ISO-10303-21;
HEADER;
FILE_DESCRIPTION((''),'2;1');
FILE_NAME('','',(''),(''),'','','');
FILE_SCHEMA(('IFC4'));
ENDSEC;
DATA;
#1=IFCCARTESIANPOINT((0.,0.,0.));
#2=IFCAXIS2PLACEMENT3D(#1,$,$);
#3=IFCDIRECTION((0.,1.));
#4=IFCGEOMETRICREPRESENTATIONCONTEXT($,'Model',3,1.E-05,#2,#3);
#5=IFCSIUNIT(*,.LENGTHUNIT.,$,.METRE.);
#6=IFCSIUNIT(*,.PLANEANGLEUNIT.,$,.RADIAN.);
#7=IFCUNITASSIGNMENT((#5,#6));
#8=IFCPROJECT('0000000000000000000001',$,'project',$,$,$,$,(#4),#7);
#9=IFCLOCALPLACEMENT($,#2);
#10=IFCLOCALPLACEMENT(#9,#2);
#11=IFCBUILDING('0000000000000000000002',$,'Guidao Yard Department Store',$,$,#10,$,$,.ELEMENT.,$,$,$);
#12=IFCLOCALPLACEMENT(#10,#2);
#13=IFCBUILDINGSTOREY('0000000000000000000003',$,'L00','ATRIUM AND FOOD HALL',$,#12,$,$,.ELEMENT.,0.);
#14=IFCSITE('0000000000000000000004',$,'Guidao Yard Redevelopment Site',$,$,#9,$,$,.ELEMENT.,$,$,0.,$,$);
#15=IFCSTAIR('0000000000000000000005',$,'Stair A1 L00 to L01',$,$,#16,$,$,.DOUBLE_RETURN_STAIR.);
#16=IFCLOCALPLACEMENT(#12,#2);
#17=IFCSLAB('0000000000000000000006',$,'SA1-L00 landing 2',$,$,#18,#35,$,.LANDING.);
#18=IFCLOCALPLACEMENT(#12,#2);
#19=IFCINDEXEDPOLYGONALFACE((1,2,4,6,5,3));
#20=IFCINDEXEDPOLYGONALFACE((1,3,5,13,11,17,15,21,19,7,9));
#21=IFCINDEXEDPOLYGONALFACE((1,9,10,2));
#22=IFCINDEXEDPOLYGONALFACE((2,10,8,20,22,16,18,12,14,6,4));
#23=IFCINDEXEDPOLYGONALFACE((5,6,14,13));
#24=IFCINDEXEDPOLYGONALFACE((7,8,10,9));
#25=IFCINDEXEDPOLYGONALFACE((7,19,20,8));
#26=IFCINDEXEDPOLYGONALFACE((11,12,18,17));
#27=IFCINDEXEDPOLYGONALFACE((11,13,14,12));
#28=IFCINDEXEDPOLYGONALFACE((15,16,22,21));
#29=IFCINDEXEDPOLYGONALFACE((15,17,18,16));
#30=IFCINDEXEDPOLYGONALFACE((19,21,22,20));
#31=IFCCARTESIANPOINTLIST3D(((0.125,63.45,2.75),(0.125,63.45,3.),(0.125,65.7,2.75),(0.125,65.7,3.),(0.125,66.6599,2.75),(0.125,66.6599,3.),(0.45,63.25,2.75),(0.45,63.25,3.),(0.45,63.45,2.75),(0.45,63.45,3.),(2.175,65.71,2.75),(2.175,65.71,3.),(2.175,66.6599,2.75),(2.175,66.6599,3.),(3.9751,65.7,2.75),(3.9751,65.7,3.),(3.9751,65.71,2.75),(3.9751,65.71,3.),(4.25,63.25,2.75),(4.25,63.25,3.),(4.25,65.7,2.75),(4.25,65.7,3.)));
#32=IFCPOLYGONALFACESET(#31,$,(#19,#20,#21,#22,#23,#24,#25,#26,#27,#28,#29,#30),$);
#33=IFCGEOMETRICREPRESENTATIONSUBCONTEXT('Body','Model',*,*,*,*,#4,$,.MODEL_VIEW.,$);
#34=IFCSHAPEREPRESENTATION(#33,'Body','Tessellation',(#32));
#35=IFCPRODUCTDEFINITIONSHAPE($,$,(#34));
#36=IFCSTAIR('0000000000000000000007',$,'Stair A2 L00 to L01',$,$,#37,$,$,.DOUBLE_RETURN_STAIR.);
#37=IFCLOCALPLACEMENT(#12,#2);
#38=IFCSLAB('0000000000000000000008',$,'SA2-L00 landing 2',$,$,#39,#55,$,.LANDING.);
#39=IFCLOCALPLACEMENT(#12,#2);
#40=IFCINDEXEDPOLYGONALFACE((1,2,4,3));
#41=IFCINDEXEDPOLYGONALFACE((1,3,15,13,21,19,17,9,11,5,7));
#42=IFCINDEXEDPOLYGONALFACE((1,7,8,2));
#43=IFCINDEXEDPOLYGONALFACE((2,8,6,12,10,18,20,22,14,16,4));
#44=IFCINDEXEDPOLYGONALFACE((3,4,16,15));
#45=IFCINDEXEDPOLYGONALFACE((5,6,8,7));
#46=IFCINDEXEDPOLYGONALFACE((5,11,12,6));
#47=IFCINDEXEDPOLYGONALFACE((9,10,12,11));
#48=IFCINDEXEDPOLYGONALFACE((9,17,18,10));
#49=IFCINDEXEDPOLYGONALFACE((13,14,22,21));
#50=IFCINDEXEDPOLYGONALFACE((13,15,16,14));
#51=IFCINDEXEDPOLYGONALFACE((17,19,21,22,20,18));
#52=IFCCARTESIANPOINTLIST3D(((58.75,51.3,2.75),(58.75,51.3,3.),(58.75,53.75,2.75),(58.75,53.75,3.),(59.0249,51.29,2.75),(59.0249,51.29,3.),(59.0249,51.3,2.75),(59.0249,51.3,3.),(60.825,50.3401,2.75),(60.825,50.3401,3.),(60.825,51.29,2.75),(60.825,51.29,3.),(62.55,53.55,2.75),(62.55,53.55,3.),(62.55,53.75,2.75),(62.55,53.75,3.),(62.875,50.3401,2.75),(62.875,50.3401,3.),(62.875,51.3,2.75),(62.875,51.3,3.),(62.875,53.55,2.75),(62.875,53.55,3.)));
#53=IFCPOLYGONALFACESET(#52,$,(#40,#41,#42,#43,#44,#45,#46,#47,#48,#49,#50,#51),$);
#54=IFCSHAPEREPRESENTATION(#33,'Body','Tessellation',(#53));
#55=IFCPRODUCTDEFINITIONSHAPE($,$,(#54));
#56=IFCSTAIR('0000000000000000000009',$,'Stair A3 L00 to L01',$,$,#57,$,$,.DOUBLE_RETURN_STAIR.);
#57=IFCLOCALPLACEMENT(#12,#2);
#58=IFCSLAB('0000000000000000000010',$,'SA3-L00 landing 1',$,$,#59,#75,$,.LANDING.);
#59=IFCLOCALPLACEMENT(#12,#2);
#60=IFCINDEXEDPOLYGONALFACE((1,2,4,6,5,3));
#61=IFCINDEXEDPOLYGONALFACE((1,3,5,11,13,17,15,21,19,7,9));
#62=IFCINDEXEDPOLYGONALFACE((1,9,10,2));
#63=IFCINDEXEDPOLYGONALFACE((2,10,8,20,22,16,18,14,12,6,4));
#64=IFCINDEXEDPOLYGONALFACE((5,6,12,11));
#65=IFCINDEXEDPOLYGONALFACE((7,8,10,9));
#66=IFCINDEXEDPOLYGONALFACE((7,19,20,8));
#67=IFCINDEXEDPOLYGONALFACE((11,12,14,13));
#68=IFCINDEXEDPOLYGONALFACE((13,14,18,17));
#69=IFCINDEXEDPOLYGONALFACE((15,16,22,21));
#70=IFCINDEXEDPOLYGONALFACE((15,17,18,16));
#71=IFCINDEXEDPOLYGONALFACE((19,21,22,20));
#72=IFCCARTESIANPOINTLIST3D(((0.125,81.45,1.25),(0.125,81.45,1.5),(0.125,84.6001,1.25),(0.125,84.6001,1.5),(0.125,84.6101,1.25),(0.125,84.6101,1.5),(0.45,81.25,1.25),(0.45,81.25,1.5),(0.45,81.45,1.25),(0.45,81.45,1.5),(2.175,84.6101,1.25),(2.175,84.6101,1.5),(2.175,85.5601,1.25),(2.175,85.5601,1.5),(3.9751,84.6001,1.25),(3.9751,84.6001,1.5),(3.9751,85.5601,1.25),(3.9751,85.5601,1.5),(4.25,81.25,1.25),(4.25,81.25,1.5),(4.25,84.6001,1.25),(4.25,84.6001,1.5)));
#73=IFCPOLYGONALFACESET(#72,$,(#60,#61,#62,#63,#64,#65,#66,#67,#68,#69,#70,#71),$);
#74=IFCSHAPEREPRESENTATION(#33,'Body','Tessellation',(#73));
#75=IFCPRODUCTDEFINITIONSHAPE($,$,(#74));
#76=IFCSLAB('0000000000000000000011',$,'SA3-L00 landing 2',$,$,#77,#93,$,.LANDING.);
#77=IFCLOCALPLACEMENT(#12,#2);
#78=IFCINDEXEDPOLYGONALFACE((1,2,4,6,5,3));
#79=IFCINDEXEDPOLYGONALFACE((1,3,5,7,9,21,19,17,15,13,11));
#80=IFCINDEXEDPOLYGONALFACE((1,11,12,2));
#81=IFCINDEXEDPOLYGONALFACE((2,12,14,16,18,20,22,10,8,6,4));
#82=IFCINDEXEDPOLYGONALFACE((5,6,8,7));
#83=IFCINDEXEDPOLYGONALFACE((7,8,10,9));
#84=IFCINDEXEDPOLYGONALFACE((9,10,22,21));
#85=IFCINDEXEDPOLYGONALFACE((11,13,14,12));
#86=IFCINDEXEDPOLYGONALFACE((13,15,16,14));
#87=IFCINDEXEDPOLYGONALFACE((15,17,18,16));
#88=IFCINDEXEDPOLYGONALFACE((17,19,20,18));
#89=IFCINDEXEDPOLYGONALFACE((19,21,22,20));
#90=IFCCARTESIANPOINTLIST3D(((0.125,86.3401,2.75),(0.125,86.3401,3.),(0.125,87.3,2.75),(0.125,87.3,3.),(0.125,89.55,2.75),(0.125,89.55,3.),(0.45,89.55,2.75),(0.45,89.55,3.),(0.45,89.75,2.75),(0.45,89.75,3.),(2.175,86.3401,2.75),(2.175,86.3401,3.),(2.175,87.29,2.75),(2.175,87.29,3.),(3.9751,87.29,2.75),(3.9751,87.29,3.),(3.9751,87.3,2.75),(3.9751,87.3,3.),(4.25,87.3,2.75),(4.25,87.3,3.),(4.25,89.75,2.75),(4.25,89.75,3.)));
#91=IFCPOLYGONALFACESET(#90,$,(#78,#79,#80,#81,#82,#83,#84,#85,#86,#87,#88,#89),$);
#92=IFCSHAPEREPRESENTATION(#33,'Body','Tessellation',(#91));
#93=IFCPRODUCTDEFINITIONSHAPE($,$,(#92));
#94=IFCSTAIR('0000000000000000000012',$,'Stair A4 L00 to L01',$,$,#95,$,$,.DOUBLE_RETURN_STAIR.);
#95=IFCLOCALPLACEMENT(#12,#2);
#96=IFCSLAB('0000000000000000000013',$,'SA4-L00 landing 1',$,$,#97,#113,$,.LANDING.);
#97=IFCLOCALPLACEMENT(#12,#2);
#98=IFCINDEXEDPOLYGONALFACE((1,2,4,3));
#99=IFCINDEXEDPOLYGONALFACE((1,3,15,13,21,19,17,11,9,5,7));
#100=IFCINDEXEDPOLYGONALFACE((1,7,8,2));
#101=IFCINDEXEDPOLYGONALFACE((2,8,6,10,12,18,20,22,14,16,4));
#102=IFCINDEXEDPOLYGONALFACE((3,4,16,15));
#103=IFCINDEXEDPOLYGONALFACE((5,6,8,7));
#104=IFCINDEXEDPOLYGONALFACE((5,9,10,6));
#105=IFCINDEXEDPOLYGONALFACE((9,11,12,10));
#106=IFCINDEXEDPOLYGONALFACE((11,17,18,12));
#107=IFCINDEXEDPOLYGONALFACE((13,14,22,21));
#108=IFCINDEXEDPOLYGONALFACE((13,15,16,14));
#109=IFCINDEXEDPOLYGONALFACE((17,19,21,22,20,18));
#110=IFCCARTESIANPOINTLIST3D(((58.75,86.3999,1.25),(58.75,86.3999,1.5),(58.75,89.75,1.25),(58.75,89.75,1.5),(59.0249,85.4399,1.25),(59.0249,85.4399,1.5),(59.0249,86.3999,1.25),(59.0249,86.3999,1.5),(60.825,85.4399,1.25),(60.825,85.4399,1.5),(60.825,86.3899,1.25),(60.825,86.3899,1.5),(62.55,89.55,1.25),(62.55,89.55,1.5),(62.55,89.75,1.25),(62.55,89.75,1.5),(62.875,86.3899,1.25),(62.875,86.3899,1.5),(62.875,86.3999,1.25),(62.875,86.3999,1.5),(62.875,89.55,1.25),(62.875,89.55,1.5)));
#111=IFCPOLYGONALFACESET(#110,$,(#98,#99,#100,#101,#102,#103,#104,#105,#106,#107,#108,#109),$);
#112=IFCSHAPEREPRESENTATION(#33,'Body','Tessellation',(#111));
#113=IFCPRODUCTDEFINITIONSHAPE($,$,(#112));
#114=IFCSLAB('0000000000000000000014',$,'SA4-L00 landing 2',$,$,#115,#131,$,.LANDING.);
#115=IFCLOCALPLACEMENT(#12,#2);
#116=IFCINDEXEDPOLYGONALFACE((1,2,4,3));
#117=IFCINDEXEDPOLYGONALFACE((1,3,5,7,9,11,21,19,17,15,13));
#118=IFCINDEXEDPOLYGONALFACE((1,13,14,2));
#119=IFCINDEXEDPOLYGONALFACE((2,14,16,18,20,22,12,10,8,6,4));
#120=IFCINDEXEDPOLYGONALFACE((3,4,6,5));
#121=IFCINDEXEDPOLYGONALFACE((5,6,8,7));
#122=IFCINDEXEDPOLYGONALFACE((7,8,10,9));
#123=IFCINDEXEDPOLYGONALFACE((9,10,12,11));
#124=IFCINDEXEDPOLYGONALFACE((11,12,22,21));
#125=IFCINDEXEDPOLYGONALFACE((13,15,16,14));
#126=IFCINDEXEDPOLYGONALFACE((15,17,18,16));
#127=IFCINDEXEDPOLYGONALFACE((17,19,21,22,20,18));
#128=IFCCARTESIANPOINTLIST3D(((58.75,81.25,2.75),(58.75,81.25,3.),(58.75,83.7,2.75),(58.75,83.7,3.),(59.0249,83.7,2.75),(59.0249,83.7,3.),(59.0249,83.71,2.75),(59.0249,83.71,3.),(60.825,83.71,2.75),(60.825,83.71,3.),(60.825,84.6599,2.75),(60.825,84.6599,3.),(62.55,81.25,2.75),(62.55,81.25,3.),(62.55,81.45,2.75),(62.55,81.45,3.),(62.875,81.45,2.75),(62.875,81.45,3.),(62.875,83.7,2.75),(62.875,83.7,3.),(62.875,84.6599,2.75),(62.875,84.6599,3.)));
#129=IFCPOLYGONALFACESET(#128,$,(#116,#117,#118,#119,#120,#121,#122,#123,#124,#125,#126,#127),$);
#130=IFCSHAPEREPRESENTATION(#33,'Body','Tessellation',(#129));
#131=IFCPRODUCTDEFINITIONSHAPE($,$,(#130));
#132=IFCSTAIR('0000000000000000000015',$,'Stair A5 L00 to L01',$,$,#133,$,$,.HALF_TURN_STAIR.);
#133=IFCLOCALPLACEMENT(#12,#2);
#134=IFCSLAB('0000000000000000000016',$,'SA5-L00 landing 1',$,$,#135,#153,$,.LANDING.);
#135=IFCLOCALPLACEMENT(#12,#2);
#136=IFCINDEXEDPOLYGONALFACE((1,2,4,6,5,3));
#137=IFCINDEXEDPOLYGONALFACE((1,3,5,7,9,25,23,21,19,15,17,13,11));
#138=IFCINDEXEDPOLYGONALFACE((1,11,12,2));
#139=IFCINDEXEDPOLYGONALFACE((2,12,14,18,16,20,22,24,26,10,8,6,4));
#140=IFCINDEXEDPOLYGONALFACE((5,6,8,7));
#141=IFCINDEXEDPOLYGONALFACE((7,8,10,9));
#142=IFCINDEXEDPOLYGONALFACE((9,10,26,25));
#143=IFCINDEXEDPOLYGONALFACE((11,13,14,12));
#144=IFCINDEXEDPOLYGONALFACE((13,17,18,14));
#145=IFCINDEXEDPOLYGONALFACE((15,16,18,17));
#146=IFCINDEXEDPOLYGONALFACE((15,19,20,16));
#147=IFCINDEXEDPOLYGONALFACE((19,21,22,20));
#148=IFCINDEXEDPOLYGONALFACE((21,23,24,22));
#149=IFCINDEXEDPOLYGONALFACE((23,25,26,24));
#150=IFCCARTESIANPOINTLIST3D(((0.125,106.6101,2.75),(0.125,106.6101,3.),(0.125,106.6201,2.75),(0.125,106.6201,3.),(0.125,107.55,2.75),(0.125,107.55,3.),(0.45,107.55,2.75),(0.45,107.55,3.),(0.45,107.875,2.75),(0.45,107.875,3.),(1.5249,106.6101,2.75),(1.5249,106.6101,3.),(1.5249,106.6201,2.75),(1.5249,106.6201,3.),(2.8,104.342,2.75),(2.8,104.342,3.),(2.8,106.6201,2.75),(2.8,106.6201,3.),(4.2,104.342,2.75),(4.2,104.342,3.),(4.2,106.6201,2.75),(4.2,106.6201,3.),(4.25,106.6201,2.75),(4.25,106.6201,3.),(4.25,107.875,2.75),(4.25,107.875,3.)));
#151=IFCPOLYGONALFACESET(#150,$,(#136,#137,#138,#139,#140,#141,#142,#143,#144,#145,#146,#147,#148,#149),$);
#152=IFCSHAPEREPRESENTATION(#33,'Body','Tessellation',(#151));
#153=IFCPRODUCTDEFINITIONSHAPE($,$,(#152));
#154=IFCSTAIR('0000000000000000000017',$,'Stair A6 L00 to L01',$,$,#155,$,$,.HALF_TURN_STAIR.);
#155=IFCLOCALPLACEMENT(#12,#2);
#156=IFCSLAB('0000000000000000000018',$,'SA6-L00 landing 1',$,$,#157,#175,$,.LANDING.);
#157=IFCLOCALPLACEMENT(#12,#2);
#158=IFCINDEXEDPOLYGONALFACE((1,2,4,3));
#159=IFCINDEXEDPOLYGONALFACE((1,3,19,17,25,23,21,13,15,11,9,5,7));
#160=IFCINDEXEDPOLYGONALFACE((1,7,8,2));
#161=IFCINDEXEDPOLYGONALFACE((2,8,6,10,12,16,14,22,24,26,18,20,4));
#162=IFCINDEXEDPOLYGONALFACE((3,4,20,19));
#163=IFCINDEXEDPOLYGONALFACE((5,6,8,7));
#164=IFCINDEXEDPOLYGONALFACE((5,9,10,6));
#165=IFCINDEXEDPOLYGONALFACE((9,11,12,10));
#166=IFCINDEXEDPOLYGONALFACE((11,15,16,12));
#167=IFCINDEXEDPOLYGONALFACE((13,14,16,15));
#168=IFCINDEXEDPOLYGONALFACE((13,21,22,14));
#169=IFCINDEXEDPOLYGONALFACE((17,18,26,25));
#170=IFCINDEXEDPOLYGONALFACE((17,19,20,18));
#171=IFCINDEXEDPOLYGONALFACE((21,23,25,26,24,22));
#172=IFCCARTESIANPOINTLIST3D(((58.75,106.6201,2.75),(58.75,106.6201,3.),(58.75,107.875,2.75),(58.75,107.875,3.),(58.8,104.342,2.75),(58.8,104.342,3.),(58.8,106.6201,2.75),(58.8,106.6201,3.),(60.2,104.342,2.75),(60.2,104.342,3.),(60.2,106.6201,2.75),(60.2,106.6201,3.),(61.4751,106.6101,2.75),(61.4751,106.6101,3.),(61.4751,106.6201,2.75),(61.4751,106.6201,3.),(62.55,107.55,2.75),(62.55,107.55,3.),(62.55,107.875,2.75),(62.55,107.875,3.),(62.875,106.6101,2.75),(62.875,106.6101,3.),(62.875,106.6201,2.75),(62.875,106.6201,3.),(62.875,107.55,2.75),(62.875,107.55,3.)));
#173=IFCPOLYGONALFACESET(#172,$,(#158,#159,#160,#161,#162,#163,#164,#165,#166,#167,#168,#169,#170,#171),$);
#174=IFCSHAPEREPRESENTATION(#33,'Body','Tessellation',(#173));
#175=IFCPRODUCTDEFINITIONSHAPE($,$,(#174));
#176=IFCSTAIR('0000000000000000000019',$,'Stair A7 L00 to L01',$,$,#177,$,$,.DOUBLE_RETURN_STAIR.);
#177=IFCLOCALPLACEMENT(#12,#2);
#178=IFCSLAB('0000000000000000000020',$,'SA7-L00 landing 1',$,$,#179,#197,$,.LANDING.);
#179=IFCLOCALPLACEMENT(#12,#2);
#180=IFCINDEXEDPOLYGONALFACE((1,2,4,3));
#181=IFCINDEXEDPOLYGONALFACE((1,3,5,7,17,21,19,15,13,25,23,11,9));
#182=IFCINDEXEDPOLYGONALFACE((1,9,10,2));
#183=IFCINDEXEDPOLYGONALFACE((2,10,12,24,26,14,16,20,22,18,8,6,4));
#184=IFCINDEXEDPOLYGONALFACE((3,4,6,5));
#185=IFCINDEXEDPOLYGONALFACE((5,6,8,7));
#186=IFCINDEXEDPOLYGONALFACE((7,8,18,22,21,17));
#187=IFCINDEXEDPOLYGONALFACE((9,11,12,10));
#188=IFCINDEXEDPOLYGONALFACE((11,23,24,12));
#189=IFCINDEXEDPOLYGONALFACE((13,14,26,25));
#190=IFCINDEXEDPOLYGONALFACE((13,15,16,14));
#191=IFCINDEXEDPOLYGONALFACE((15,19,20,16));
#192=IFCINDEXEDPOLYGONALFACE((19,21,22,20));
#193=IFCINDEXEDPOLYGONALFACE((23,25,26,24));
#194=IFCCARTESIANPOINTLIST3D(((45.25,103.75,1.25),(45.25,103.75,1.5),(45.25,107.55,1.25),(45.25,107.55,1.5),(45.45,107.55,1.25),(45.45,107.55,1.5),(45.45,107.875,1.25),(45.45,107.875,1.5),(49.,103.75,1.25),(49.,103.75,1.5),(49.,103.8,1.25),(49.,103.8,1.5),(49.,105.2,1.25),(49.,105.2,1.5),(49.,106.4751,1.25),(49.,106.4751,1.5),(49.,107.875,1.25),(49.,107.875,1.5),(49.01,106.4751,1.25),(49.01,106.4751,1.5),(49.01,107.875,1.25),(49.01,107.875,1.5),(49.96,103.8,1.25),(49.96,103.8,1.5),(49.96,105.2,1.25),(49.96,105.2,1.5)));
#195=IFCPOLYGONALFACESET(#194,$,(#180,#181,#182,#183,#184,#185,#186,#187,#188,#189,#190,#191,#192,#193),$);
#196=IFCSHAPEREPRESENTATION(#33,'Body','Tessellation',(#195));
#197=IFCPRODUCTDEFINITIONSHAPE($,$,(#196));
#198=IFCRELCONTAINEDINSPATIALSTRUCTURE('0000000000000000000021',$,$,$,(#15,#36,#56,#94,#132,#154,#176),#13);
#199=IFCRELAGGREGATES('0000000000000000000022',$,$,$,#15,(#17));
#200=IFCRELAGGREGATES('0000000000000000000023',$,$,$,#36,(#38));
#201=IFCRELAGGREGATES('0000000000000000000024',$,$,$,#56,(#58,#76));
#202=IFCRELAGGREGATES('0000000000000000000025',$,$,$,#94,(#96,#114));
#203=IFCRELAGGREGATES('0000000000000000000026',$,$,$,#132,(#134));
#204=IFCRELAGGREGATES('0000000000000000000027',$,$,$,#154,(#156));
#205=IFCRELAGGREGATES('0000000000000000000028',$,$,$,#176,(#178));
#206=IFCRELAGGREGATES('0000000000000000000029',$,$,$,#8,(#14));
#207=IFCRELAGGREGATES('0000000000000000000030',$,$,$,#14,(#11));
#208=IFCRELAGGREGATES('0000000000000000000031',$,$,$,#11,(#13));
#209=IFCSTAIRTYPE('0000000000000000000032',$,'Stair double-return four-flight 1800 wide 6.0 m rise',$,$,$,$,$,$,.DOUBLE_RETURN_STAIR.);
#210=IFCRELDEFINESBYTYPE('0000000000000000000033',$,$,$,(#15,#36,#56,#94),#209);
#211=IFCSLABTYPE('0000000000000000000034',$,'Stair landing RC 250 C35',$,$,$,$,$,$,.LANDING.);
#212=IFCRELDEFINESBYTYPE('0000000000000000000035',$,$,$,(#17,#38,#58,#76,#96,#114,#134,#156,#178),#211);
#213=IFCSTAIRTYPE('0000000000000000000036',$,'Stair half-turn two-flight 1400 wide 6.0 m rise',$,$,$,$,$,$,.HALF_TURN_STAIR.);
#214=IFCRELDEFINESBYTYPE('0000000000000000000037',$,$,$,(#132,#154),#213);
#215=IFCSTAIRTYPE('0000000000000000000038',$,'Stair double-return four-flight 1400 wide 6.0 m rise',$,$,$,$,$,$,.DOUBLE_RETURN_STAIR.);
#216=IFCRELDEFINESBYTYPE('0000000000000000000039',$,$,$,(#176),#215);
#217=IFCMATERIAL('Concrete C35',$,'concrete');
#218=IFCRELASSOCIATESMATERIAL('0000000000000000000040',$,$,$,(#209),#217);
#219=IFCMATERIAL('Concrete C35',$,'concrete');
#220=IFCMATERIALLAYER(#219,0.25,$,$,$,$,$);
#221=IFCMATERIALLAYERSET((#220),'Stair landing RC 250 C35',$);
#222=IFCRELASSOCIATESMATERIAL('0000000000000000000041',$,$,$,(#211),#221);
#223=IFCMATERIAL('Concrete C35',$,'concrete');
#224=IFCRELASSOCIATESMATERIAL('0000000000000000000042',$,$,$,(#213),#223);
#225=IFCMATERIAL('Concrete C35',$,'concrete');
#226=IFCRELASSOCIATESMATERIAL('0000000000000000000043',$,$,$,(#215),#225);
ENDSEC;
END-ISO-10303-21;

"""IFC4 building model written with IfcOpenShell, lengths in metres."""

from ifc_helpers import new_model, si_unit, direction, frame, origin, place, context, subcontext, project, spatial, polyline, outline, extrude, material, layer, layer_set, type_object, element, aggregate, save


model = new_model("IFC4")

# Units and contexts
model_context = context("Model", 3, precision=1e-05, world=origin(), true_north=direction((0.0, 1.0)))
body_context = subcontext(model_context, "Body", "Model", "MODEL_VIEW")
ifc_project = project(units=[si_unit("LENGTHUNIT", "METRE"), si_unit("PLANEANGLEUNIT", "RADIAN")], contexts=[model_context])

# Site, building, storey
site_placement = place(None, origin())
site = spatial("IfcSite", under=ifc_project, at=site_placement, Name="Guidao Yard Redevelopment Site", CompositionType="ELEMENT", RefElevation=0.0)
building_placement = place(site_placement, origin())
building = spatial("IfcBuilding", under=site, at=building_placement, Name="Guidao Yard Department Store", CompositionType="ELEMENT")
storey_placement = place(building_placement, origin())
storey = spatial("IfcBuildingStorey", under=building, at=storey_placement, Name="L00", Description="ATRIUM AND FOOD HALL", CompositionType="ELEMENT", Elevation=0.0)

# Stairs, slabs
ifc_material_1 = material(Name="Concrete C35", Category="concrete")
stair_type_1 = type_object("IfcStairType", Name="Stair double-return four-flight 1800 wide 6.0 m rise", PredefinedType="DOUBLE_RETURN_STAIR", material=ifc_material_1)
stair_1_placement = place(storey_placement, origin())
stair_1 = element("IfcStair", 1, at=stair_1_placement, inside=storey, type_object=stair_type_1, Name="Stair A1 L00 to L01", PredefinedType="DOUBLE_RETURN_STAIR")
ifc_material_2 = material(Name="Concrete C35", Category="concrete")
ifc_layer = layer(ifc_material_2, 0.25)
ifc_layer_set = layer_set([ifc_layer], Name="Stair landing RC 250 C35")
slab_type = type_object("IfcSlabType", Name="Stair landing RC 250 C35", PredefinedType="LANDING", material=ifc_layer_set)
slab_1_placement = place(storey_placement, frame((0.0, 0.0, 2.75)))
slab_1 = element("IfcSlab", 2, at=slab_1_placement, type_object=slab_type, Name="SA1-L00 landing 2", PredefinedType="LANDING", context=body_context, shape_type="SweptSolid", body=[
    extrude(outline(polyline([(0.45, 63.25), (0.45, 63.45), (0.125, 63.45), (0.125, 65.7), (0.125, 66.6599), (2.175, 66.6599), (2.175, 65.71), (3.9751, 65.71), (3.9751, 65.7), (4.25, 65.7), (4.25, 63.25), (0.45, 63.25)])), origin(), (0.0, 0.0, 1.0), 0.25),
])
aggregate(stair_1, [slab_1])
stair_2_placement = place(storey_placement, origin())
stair_2 = element("IfcStair", 3, at=stair_2_placement, inside=storey, type_object=stair_type_1, Name="Stair A2 L00 to L01", PredefinedType="DOUBLE_RETURN_STAIR")
slab_2_placement = place(storey_placement, frame((0.0, 0.0, 2.75)))
slab_2 = element("IfcSlab", 4, at=slab_2_placement, type_object=slab_type, Name="SA2-L00 landing 2", PredefinedType="LANDING", context=body_context, shape_type="SweptSolid", body=[
    extrude(outline(polyline([(60.825, 51.29), (59.0249, 51.29), (59.0249, 51.3), (58.75, 51.3), (58.75, 53.75), (62.55, 53.75), (62.55, 53.55), (62.875, 53.55), (62.875, 51.3), (62.875, 50.3401), (60.825, 50.3401), (60.825, 51.29)])), origin(), (0.0, 0.0, 1.0), 0.25),
])
aggregate(stair_2, [slab_2])

# Stairs, slabs
stair_3_placement = place(storey_placement, origin())
stair_3 = element("IfcStair", 5, at=stair_3_placement, inside=storey, type_object=stair_type_1, Name="Stair A3 L00 to L01", PredefinedType="DOUBLE_RETURN_STAIR")
slab_3_placement = place(storey_placement, frame((0.0, 0.0, 1.25)))
slab_3 = element("IfcSlab", 6, at=slab_3_placement, type_object=slab_type, Name="SA3-L00 landing 1", PredefinedType="LANDING", context=body_context, shape_type="SweptSolid", body=[
    extrude(outline(polyline([(0.45, 81.25), (0.45, 81.45), (0.125, 81.45), (0.125, 84.6001), (0.125, 84.6101), (2.175, 84.6101), (2.175, 85.5601), (3.9751, 85.5601), (3.9751, 84.6001), (4.25, 84.6001), (4.25, 81.25), (0.45, 81.25)])), origin(), (0.0, 0.0, 1.0), 0.25),
])
slab_4_placement = place(storey_placement, frame((0.0, 0.0, 2.75)))
slab_4 = element("IfcSlab", 7, at=slab_4_placement, type_object=slab_type, Name="SA3-L00 landing 2", PredefinedType="LANDING", context=body_context, shape_type="SweptSolid", body=[
    extrude(outline(polyline([(0.125, 87.3), (0.125, 89.55), (0.45, 89.55), (0.45, 89.75), (4.25, 89.75), (4.25, 87.3), (3.9751, 87.3), (3.9751, 87.29), (2.175, 87.29), (2.175, 86.3401), (0.125, 86.3401), (0.125, 87.3)])), origin(), (0.0, 0.0, 1.0), 0.25),
])
aggregate(stair_3, [slab_3, slab_4])
stair_4_placement = place(storey_placement, origin())
stair_4 = element("IfcStair", 8, at=stair_4_placement, inside=storey, type_object=stair_type_1, Name="Stair A4 L00 to L01", PredefinedType="DOUBLE_RETURN_STAIR")
slab_5_placement = place(storey_placement, frame((0.0, 0.0, 1.25)))
slab_5 = element("IfcSlab", 9, at=slab_5_placement, type_object=slab_type, Name="SA4-L00 landing 1", PredefinedType="LANDING", context=body_context, shape_type="SweptSolid", body=[
    extrude(outline(polyline([(59.0249, 86.3999), (58.75, 86.3999), (58.75, 89.75), (62.55, 89.75), (62.55, 89.55), (62.875, 89.55), (62.875, 86.3999), (62.875, 86.3899), (60.825, 86.3899), (60.825, 85.4399), (59.0249, 85.4399), (59.0249, 86.3999)])), origin(), (0.0, 0.0, 1.0), 0.25),
])
slab_6_placement = place(storey_placement, frame((0.0, 0.0, 2.75)))
slab_6 = element("IfcSlab", 10, at=slab_6_placement, type_object=slab_type, Name="SA4-L00 landing 2", PredefinedType="LANDING", context=body_context, shape_type="SweptSolid", body=[
    extrude(outline(polyline([(58.75, 83.7), (59.0249, 83.7), (59.0249, 83.71), (60.825, 83.71), (60.825, 84.6599), (62.875, 84.6599), (62.875, 83.7), (62.875, 81.45), (62.55, 81.45), (62.55, 81.25), (58.75, 81.25), (58.75, 83.7)])), origin(), (0.0, 0.0, 1.0), 0.25),
])
aggregate(stair_4, [slab_5, slab_6])

# Stairs, slabs
ifc_material_3 = material(Name="Concrete C35", Category="concrete")
stair_type_2 = type_object("IfcStairType", Name="Stair half-turn two-flight 1400 wide 6.0 m rise", PredefinedType="HALF_TURN_STAIR", material=ifc_material_3)
stair_5_placement = place(storey_placement, origin())
stair_5 = element("IfcStair", 11, at=stair_5_placement, inside=storey, type_object=stair_type_2, Name="Stair A5 L00 to L01", PredefinedType="HALF_TURN_STAIR")
slab_7_placement = place(storey_placement, frame((0.0, 0.0, 2.75)))
slab_7 = element("IfcSlab", 12, at=slab_7_placement, type_object=slab_type, Name="SA5-L00 landing 1", PredefinedType="LANDING", context=body_context, shape_type="SweptSolid", body=[
    extrude(outline(polyline([(2.8, 106.6201), (1.5249, 106.6201), (1.5249, 106.6101), (0.125, 106.6101), (0.125, 106.6201), (0.125, 107.55), (0.45, 107.55), (0.45, 107.875), (4.25, 107.875), (4.25, 106.6201), (4.2, 106.6201), (4.2, 104.342), (2.8, 104.342), (2.8, 106.6201)])), origin(), (0.0, 0.0, 1.0), 0.25),
])
aggregate(stair_5, [slab_7])
stair_6_placement = place(storey_placement, origin())
stair_6 = element("IfcStair", 13, at=stair_6_placement, inside=storey, type_object=stair_type_2, Name="Stair A6 L00 to L01", PredefinedType="HALF_TURN_STAIR")
slab_8_placement = place(storey_placement, frame((0.0, 0.0, 2.75)))
slab_8 = element("IfcSlab", 14, at=slab_8_placement, type_object=slab_type, Name="SA6-L00 landing 1", PredefinedType="LANDING", context=body_context, shape_type="SweptSolid", body=[
    extrude(outline(polyline([(58.8, 106.6201), (58.75, 106.6201), (58.75, 107.875), (62.55, 107.875), (62.55, 107.55), (62.875, 107.55), (62.875, 106.6201), (62.875, 106.6101), (61.4751, 106.6101), (61.4751, 106.6201), (60.2, 106.6201), (60.2, 104.342), (58.8, 104.342), (58.8, 106.6201)])), origin(), (0.0, 0.0, 1.0), 0.25),
])
aggregate(stair_6, [slab_8])

# Stair, slab
ifc_material_4 = material(Name="Concrete C35", Category="concrete")
stair_type_3 = type_object("IfcStairType", Name="Stair double-return four-flight 1400 wide 6.0 m rise", PredefinedType="DOUBLE_RETURN_STAIR", material=ifc_material_4)
stair_7_placement = place(storey_placement, origin())
stair_7 = element("IfcStair", 15, at=stair_7_placement, inside=storey, type_object=stair_type_3, Name="Stair A7 L00 to L01", PredefinedType="DOUBLE_RETURN_STAIR")
slab_9_placement = place(storey_placement, frame((0.0, 0.0, 1.25)))
slab_9 = element("IfcSlab", 16, at=slab_9_placement, type_object=slab_type, Name="SA7-L00 landing 1", PredefinedType="LANDING", context=body_context, shape_type="SweptSolid", body=[
    extrude(outline(polyline([(49.0, 103.8), (49.0, 103.75), (45.25, 103.75), (45.25, 107.55), (45.45, 107.55), (45.45, 107.875), (49.0, 107.875), (49.01, 107.875), (49.01, 106.4751), (49.0, 106.4751), (49.0, 105.2), (49.96, 105.2), (49.96, 103.8), (49.0, 103.8)])), origin(), (0.0, 0.0, 1.0), 0.25),
])
aggregate(stair_7, [slab_9])

save(model, "model.ifc")
